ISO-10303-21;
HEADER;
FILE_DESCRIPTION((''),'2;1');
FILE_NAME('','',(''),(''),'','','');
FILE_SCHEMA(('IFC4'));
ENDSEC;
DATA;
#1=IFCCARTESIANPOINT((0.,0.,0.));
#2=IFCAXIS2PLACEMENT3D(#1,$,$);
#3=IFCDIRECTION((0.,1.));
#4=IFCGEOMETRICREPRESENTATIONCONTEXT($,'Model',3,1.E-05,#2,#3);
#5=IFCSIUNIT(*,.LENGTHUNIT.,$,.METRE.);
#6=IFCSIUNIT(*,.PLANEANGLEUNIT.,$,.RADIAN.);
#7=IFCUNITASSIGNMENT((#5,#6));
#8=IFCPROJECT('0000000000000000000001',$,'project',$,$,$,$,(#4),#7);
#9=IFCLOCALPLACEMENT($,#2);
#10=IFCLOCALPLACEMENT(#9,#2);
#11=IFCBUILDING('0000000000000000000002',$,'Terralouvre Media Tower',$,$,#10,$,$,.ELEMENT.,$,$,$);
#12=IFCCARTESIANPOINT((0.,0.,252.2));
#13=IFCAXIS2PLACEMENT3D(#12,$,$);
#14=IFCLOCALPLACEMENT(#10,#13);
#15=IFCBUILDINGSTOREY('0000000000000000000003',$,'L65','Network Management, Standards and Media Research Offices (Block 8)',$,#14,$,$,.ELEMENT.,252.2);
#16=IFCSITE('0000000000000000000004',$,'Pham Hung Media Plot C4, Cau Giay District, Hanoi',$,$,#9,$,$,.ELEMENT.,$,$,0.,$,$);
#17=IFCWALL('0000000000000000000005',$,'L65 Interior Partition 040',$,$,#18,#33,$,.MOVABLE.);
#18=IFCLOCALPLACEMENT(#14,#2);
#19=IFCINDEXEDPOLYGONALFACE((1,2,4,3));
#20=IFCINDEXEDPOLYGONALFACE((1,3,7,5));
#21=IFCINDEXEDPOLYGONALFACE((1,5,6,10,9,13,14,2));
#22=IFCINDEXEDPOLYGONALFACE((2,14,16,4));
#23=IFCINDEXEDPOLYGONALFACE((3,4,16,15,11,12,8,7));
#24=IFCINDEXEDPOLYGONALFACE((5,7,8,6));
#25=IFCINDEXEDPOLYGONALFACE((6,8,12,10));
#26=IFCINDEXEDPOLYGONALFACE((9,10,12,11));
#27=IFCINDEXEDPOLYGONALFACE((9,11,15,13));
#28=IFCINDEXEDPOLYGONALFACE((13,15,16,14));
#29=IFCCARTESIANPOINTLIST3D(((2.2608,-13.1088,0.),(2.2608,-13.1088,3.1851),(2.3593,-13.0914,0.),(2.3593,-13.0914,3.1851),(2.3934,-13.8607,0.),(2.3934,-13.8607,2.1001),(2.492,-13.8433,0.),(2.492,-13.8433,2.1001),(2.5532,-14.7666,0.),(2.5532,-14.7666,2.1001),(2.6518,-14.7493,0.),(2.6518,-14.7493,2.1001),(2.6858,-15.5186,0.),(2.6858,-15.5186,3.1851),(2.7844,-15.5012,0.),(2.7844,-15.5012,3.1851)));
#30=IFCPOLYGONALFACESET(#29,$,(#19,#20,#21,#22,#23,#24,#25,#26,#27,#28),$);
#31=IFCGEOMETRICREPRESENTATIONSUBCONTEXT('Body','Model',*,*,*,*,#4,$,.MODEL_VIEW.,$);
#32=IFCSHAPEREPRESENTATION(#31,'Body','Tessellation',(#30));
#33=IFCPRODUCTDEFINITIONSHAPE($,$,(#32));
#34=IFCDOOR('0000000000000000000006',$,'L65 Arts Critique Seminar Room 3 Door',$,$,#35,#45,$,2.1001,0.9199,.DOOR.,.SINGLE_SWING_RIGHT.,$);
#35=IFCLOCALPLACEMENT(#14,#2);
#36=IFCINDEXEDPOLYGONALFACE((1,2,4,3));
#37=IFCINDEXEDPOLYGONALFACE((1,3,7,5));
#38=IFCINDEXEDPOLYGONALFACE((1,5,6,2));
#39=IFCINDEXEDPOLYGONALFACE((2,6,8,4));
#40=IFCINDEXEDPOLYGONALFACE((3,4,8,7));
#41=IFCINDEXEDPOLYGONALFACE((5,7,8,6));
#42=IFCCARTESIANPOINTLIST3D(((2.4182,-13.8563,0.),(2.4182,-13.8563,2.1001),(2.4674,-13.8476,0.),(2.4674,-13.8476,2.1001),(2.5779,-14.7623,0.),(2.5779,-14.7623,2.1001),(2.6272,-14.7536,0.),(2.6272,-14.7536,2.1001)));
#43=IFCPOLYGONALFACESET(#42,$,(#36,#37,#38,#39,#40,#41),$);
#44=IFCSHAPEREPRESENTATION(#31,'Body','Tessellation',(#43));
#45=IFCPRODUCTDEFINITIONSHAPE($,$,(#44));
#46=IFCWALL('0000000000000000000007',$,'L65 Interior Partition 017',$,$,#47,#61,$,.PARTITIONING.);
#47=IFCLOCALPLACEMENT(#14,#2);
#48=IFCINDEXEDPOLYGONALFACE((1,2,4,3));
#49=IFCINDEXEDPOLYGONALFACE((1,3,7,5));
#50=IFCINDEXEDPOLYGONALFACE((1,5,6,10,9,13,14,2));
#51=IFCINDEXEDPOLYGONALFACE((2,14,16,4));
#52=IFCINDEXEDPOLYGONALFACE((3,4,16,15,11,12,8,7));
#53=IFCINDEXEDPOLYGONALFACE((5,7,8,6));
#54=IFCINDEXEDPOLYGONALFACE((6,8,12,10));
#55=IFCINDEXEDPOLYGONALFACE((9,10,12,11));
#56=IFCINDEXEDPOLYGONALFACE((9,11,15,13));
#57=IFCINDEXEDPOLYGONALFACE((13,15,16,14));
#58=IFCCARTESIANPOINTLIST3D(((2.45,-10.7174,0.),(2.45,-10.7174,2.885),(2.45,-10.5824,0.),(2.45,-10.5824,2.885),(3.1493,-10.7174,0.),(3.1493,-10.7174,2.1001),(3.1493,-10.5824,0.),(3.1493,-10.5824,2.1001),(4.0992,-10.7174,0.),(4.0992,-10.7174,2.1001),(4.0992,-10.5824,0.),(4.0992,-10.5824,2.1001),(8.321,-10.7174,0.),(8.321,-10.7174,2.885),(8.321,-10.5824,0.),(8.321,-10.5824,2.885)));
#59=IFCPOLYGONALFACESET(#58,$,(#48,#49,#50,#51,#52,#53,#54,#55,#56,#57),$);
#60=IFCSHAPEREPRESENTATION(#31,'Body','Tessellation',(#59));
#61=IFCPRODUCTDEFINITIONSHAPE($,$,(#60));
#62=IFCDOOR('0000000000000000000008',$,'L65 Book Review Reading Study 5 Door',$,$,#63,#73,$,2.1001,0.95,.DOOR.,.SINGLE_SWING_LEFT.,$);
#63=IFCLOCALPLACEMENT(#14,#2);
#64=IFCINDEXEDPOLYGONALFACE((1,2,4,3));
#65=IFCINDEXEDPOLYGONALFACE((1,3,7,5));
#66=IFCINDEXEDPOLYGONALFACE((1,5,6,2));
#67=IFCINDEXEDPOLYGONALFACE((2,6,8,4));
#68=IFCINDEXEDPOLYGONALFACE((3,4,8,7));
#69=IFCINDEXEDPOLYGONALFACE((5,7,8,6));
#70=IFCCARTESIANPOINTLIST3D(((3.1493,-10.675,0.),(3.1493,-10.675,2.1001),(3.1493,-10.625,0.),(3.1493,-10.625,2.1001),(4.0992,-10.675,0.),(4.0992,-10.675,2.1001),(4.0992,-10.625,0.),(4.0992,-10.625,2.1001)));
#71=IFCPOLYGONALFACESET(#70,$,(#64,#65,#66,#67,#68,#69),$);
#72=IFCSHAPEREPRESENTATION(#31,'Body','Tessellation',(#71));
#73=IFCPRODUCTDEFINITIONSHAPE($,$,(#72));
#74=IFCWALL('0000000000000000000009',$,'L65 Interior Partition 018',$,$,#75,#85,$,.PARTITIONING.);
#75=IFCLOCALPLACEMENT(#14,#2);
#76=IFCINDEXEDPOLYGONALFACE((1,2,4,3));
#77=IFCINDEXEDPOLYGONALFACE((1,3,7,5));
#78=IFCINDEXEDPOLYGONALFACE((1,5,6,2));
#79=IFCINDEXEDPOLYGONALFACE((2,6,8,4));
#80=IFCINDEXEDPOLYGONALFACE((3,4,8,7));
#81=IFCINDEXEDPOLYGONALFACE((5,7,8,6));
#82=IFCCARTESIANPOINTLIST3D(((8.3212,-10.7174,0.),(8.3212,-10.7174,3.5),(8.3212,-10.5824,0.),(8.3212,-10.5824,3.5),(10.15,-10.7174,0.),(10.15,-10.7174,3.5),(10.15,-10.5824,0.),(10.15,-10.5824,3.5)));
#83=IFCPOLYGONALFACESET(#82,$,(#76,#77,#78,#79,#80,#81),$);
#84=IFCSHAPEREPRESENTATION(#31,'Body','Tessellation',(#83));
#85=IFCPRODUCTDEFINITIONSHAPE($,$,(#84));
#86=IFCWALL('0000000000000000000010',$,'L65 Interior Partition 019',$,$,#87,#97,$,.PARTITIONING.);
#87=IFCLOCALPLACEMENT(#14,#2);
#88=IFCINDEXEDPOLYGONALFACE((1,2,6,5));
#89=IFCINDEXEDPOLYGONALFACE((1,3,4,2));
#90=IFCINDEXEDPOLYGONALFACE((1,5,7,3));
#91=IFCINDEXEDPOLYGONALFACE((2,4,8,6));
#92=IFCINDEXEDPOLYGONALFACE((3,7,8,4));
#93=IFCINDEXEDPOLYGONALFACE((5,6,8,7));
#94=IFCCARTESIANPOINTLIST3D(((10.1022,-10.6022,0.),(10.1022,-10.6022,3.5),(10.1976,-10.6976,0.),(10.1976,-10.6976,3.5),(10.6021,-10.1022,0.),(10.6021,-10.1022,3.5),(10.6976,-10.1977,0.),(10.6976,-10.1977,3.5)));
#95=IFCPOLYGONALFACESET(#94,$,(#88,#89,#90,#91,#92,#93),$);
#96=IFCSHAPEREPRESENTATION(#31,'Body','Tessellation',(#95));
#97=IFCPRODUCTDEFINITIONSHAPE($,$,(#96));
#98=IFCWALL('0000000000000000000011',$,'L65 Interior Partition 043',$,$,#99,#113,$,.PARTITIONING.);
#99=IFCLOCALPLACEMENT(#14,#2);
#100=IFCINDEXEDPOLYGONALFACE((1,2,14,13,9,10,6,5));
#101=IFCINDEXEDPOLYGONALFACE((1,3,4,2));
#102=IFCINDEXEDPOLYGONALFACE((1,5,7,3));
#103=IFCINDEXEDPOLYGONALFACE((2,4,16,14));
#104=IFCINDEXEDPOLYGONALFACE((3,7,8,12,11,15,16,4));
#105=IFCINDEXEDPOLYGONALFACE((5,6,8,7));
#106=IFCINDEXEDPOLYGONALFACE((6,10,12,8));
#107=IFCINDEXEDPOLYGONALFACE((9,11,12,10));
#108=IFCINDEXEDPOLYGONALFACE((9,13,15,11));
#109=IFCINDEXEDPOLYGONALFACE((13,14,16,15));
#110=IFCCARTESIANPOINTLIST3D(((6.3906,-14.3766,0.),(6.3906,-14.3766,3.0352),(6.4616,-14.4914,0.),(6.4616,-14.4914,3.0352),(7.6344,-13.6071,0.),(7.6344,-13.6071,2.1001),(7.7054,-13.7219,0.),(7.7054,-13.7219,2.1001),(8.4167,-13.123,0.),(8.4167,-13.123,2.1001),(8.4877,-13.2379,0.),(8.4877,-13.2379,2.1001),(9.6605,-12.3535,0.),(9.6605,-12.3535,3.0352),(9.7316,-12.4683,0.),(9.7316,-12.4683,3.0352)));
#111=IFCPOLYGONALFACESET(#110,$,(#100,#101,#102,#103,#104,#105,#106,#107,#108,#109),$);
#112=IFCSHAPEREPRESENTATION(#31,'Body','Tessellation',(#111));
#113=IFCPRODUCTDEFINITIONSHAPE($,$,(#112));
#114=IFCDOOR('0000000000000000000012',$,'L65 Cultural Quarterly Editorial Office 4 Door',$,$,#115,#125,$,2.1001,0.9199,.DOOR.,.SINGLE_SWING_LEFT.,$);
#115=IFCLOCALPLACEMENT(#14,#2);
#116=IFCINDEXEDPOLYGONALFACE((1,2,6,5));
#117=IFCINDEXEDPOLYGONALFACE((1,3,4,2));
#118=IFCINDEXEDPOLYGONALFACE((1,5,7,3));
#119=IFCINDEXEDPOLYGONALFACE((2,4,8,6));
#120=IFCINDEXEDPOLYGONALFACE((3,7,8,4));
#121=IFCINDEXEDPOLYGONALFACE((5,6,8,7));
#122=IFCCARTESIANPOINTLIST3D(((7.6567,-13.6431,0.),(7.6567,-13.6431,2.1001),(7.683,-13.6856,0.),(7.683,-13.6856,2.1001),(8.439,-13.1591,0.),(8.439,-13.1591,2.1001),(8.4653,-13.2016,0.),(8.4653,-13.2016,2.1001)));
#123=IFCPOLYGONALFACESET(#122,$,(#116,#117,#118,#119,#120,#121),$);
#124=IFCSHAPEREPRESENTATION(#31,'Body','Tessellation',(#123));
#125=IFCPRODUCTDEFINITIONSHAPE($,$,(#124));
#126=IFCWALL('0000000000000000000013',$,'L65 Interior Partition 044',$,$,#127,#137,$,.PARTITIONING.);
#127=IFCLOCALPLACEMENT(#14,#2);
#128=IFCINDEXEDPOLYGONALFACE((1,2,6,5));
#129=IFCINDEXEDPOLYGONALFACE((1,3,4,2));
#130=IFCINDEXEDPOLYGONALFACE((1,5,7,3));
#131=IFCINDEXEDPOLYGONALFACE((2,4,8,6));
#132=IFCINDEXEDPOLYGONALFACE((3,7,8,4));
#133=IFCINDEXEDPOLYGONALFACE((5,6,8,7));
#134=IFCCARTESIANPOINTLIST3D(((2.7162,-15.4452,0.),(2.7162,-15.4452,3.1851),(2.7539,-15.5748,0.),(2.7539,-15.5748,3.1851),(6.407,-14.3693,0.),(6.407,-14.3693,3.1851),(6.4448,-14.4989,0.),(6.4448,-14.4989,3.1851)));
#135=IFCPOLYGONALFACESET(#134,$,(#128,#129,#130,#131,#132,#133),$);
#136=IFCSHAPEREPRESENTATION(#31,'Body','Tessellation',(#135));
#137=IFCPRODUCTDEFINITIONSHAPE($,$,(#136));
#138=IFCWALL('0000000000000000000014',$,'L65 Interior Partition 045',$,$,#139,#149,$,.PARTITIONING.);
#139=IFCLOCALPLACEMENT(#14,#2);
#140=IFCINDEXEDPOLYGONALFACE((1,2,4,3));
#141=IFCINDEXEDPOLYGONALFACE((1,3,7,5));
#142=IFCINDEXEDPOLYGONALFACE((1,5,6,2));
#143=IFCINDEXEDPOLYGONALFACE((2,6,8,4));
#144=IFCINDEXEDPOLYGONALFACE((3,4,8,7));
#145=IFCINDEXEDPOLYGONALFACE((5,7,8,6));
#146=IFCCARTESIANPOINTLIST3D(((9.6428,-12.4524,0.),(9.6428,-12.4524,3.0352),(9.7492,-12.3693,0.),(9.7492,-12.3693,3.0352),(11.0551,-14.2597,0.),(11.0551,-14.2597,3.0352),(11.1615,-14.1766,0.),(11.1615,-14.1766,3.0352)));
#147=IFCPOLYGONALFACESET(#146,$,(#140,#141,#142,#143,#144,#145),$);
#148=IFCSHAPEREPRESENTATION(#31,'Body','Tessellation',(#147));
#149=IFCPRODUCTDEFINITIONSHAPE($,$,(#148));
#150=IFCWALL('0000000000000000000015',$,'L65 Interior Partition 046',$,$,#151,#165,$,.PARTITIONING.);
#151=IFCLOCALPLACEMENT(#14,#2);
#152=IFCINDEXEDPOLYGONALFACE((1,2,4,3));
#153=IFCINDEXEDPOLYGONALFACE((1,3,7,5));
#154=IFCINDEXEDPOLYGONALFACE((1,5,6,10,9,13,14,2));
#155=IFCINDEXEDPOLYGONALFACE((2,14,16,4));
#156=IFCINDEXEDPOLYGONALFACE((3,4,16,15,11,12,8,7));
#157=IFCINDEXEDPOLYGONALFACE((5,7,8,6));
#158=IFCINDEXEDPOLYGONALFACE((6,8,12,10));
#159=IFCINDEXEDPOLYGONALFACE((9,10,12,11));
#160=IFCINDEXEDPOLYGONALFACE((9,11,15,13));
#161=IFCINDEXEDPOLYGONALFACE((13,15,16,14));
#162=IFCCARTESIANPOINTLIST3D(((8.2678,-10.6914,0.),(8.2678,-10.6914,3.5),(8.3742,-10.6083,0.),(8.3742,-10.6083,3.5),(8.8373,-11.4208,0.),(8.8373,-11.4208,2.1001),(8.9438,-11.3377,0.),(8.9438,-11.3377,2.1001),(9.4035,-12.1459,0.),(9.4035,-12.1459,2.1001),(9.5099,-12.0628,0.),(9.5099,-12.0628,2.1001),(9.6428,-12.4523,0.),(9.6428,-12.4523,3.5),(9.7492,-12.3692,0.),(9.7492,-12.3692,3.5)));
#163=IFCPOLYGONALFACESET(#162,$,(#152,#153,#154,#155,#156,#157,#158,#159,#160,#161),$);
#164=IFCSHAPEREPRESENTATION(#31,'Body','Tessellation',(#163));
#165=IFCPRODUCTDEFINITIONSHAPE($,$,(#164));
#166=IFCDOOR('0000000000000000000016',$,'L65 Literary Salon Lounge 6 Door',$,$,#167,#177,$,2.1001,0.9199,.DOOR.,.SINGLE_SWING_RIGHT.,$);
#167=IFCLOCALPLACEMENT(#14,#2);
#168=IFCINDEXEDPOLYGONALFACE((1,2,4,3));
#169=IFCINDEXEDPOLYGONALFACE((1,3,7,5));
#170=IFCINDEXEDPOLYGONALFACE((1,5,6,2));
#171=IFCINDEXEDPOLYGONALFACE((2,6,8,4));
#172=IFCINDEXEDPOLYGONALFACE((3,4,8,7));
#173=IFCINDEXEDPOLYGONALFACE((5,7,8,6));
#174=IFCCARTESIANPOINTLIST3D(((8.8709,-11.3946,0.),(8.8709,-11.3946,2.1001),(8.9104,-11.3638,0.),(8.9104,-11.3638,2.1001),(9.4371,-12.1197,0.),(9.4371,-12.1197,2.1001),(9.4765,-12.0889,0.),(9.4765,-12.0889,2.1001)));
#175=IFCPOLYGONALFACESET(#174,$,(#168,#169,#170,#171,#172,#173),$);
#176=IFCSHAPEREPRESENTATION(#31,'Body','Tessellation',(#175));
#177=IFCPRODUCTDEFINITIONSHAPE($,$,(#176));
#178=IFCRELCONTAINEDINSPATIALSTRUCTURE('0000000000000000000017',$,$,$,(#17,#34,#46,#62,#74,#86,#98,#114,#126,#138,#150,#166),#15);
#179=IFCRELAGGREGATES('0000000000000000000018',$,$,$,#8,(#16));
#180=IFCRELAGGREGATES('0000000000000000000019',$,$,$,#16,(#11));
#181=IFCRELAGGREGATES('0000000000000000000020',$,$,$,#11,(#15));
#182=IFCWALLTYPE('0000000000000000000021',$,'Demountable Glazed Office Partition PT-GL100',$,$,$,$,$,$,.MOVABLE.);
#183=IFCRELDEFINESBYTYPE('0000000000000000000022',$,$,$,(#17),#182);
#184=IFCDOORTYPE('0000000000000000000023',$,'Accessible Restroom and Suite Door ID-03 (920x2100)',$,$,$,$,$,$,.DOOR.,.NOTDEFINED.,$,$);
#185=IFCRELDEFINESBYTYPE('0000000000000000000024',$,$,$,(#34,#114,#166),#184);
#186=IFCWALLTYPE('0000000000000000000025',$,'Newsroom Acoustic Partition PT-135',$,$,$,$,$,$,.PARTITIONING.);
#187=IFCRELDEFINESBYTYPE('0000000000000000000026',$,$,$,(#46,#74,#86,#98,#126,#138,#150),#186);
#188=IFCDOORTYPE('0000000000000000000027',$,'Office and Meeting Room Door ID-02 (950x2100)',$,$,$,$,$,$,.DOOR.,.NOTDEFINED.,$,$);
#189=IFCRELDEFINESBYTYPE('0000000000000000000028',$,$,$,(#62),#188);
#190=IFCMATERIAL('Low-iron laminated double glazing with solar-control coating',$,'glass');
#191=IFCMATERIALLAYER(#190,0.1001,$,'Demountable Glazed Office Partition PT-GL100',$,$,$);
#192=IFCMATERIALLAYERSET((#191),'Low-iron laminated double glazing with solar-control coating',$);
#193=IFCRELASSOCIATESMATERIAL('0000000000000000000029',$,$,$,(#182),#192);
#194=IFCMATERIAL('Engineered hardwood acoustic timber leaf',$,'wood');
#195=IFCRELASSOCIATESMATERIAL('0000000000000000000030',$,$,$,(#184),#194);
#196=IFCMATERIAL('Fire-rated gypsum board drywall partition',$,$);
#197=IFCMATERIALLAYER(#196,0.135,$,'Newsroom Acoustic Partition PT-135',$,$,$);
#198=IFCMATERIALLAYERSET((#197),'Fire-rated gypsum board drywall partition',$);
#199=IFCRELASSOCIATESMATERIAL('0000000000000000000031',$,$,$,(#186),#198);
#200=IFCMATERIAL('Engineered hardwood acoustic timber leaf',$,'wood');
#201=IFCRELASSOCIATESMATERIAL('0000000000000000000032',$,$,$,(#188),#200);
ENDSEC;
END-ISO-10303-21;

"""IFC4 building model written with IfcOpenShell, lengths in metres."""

from ifc_helpers import new_model, si_unit, direction, frame, frame_2d, origin, place, context, subcontext, project, spatial, rectangle, extrude, material, layer, layer_set, type_object, element, fill, save


model = new_model("IFC4")

# Units and contexts
model_context = context("Model", 3, precision=1e-05, world=origin(), true_north=direction((0.0, 1.0)))
body_context = subcontext(model_context, "Body", "Model", "MODEL_VIEW")
ifc_project = project(units=[si_unit("LENGTHUNIT", "METRE"), si_unit("PLANEANGLEUNIT", "RADIAN")], contexts=[model_context])

# Site, building, storey
site_placement = place(None, origin())
site = spatial("IfcSite", under=ifc_project, at=site_placement, Name="Pham Hung Media Plot C4, Cau Giay District, Hanoi", CompositionType="ELEMENT", RefElevation=0.0)
building_placement = place(site_placement, origin())
building = spatial("IfcBuilding", under=site, at=building_placement, Name="Terralouvre Media Tower", CompositionType="ELEMENT")
storey_placement = place(building_placement, frame((0.0, 0.0, 252.2)))
storey = spatial("IfcBuildingStorey", under=building, at=storey_placement, Name="L65", Description="Network Management, Standards and Media Research Offices (Block 8)", CompositionType="ELEMENT", Elevation=252.2)

# Shared definitions
ifc_material_1 = material(Name="Low-iron laminated double glazing with solar-control coating", Category="glass")
ifc_layer_1 = layer(ifc_material_1, 0.1001, Name="Demountable Glazed Office Partition PT-GL100")
ifc_layer_set_1 = layer_set([ifc_layer_1], Name="Low-iron laminated double glazing with solar-control coating")
wall_type_1 = type_object("IfcWallType", Name="Demountable Glazed Office Partition PT-GL100", PredefinedType="MOVABLE", material=ifc_layer_set_1)

# Walls, openings, doors
wall_1_placement = place(storey_placement, frame((2.7351, -15.51, 0.0), z_axis=(0.0, 0.0, 1.0), x_axis=(-0.173694, 0.9848, 0.0)))
wall_1 = element("IfcWall", 1, at=wall_1_placement, inside=storey, type_object=wall_type_1, Name="L65 Interior Partition 040", PredefinedType="MOVABLE", context=body_context, shape_type="SweptSolid", body=[
    extrude(rectangle(XDim=2.447, YDim=0.1001, at=frame_2d((1.2236, 0.0))), origin(), (0.0, 0.0, 1.0), 3.1851),
])
opening_1_placement = place(wall_1_placement, frame((0.7637, 0.0, 0.0)))
opening_1 = element("IfcOpeningElement", 2, at=opening_1_placement, cuts=wall_1, PredefinedType="OPENING", context=body_context, shape_type="SweptSolid", body=[
    extrude(rectangle(XDim=0.9199, YDim=2.1001, at=frame_2d((0.46, 1.05))), frame((0.0, 0.0601, 0.0), z_axis=(0.0, -1.0, 0.0), x_axis=(1.0, 0.0, 0.0)), (0.0, 0.0, 1.0), 0.1201),
])
ifc_material_2 = material(Name="Engineered hardwood acoustic timber leaf", Category="wood")
door_type_1 = type_object("IfcDoorType", Name="Accessible Restroom and Suite Door ID-03 (920x2100)", OperationType="NOTDEFINED", PredefinedType="DOOR", material=ifc_material_2)
door_1_placement = place(opening_1_placement, origin())
door_1 = element("IfcDoor", 3, at=door_1_placement, inside=storey, type_object=door_type_1, Name="L65 Arts Critique Seminar Room 3 Door", OperationType="SINGLE_SWING_RIGHT", OverallHeight=2.1001, OverallWidth=0.9199, PredefinedType="DOOR", context=body_context, shape_type="SweptSolid", body=[
    extrude(rectangle(XDim=0.9199, YDim=2.1001, at=frame_2d((0.46, 1.05))), frame((0.0, 0.0249, 0.0), z_axis=(0.0, -1.0, 0.0), x_axis=(1.0, 0.0, 0.0)), (0.0, 0.0, 1.0), 0.05),
])
fill(opening_1, door_1)
ifc_material_3 = material(Name="Fire-rated gypsum board drywall partition")
ifc_layer_2 = layer(ifc_material_3, 0.135, Name="Newsroom Acoustic Partition PT-135")
ifc_layer_set_2 = layer_set([ifc_layer_2], Name="Fire-rated gypsum board drywall partition")
wall_type_2 = type_object("IfcWallType", Name="Newsroom Acoustic Partition PT-135", PredefinedType="PARTITIONING", material=ifc_layer_set_2)
wall_2_placement = place(storey_placement, frame((2.45, -10.6499, 0.0), z_axis=(0.0, 0.0, 1.0), x_axis=(1.0, 0.0, 0.0)))
wall_2 = element("IfcWall", 4, at=wall_2_placement, inside=storey, type_object=wall_type_2, Name="L65 Interior Partition 017", PredefinedType="PARTITIONING", context=body_context, shape_type="SweptSolid", body=[
    extrude(rectangle(XDim=5.8711, YDim=0.135, at=frame_2d((2.9355, 0.0))), origin(), (0.0, 0.0, 1.0), 2.885),
])
opening_2_placement = place(wall_2_placement, frame((0.6992, 0.0, 0.0)))
opening_2 = element("IfcOpeningElement", 5, at=opening_2_placement, cuts=wall_2, PredefinedType="OPENING", context=body_context, shape_type="SweptSolid", body=[
    extrude(rectangle(XDim=0.95, YDim=2.1001, at=frame_2d((0.4751, 1.05))), frame((0.0, 0.0774, 0.0), z_axis=(0.0, -1.0, 0.0), x_axis=(1.0, 0.0, 0.0)), (0.0, 0.0, 1.0), 0.155),
])
ifc_material_4 = material(Name="Engineered hardwood acoustic timber leaf", Category="wood")
door_type_2 = type_object("IfcDoorType", Name="Office and Meeting Room Door ID-02 (950x2100)", OperationType="NOTDEFINED", PredefinedType="DOOR", material=ifc_material_4)
door_2_placement = place(opening_2_placement, origin())
door_2 = element("IfcDoor", 6, at=door_2_placement, inside=storey, type_object=door_type_2, Name="L65 Book Review Reading Study 5 Door", OperationType="SINGLE_SWING_LEFT", OverallHeight=2.1001, OverallWidth=0.95, PredefinedType="DOOR", context=body_context, shape_type="SweptSolid", body=[
    extrude(rectangle(XDim=0.95, YDim=2.1001, at=frame_2d((0.4751, 1.05))), frame((0.0, 0.0249, 0.0), z_axis=(0.0, -1.0, 0.0), x_axis=(1.0, 0.0, 0.0)), (0.0, 0.0, 1.0), 0.05),
])
fill(opening_2, door_2)

# Walls
wall_3_placement = place(storey_placement, frame((8.321, -10.6499, 0.0), z_axis=(0.0, 0.0, 1.0), x_axis=(1.0, 0.0, 0.0)))
element("IfcWall", 7, at=wall_3_placement, inside=storey, type_object=wall_type_2, Name="L65 Interior Partition 018", PredefinedType="PARTITIONING", context=body_context, shape_type="SweptSolid", body=[
    extrude(rectangle(XDim=1.8289, YDim=0.135, at=frame_2d((0.9146, 0.0))), origin(), (0.0, 0.0, 1.0), 3.5),
])
wall_4_placement = place(storey_placement, frame((10.1499, -10.6499, 0.0), z_axis=(0.0, 0.0, 1.0), x_axis=(0.707107, 0.707107, 0.0)))
element("IfcWall", 8, at=wall_4_placement, inside=storey, type_object=wall_type_2, Name="L65 Interior Partition 019", PredefinedType="PARTITIONING", context=body_context, shape_type="SweptSolid", body=[
    extrude(rectangle(XDim=0.707, YDim=0.135, at=frame_2d((0.3535, 0.0))), origin(), (0.0, 0.0, 1.0), 3.5),
])

# Wall, opening, door
wall_5_placement = place(storey_placement, frame((9.696, -12.4109, 0.0), z_axis=(0.0, 0.0, 1.0), x_axis=(-0.850394, -0.526147, 0.0)))
wall_5 = element("IfcWall", 9, at=wall_5_placement, inside=storey, type_object=wall_type_2, Name="L65 Interior Partition 043", PredefinedType="PARTITIONING", context=body_context, shape_type="SweptSolid", body=[
    extrude(rectangle(XDim=3.8452, YDim=0.135, at=frame_2d((1.9226, 0.0))), origin(), (0.0, 0.0, 1.0), 3.0352),
])
opening_3_placement = place(wall_5_placement, frame((1.4626, 0.0, 0.0)))
opening_3 = element("IfcOpeningElement", 10, at=opening_3_placement, cuts=wall_5, PredefinedType="OPENING", context=body_context, shape_type="SweptSolid", body=[
    extrude(rectangle(XDim=0.9199, YDim=2.1001, at=frame_2d((0.46, 1.05))), frame((0.0, 0.0774, 0.0), z_axis=(0.0, -1.0, 0.0), x_axis=(1.0, 0.0, 0.0)), (0.0, 0.0, 1.0), 0.155),
])
door_3_placement = place(opening_3_placement, origin())
door_3 = element("IfcDoor", 11, at=door_3_placement, inside=storey, type_object=door_type_1, Name="L65 Cultural Quarterly Editorial Office 4 Door", OperationType="SINGLE_SWING_LEFT", OverallHeight=2.1001, OverallWidth=0.9199, PredefinedType="DOOR", context=body_context, shape_type="SweptSolid", body=[
    extrude(rectangle(XDim=0.9199, YDim=2.1001, at=frame_2d((0.46, 1.05))), frame((0.0, 0.0249, 0.0), z_axis=(0.0, -1.0, 0.0), x_axis=(1.0, 0.0, 0.0)), (0.0, 0.0, 1.0), 0.05),
])
fill(opening_3, door_3)

# Walls
wall_6_placement = place(storey_placement, frame((6.426, -14.4341, 0.0), z_axis=(0.0, 0.0, 1.0), x_axis=(-0.960041, -0.279859, 0.0)))
element("IfcWall", 12, at=wall_6_placement, inside=storey, type_object=wall_type_2, Name="L65 Interior Partition 044", PredefinedType="PARTITIONING", context=body_context, shape_type="SweptSolid", body=[
    extrude(rectangle(XDim=3.8445, YDim=0.135, at=frame_2d((1.9224, 0.0))), origin(), (0.0, 0.0, 1.0), 3.1851),
])
wall_7_placement = place(storey_placement, frame((11.1084, -14.2183, 0.0), z_axis=(0.0, 0.0, 1.0), x_axis=(-0.615737, 0.787952, 0.0)))
element("IfcWall", 13, at=wall_7_placement, inside=storey, type_object=wall_type_2, Name="L65 Interior Partition 045", PredefinedType="PARTITIONING", context=body_context, shape_type="SweptSolid", body=[
    extrude(rectangle(XDim=2.2937, YDim=0.135, at=frame_2d((1.147, 0.0))), origin(), (0.0, 0.0, 1.0), 3.0352),
])

# Wall, opening, door
wall_8_placement = place(storey_placement, frame((9.696, -12.4109, 0.0), z_axis=(0.0, 0.0, 1.0), x_axis=(-0.61543, 0.788192, 0.0)))
wall_8 = element("IfcWall", 14, at=wall_8_placement, inside=storey, type_object=wall_type_2, Name="L65 Interior Partition 046", PredefinedType="PARTITIONING", context=body_context, shape_type="SweptSolid", body=[
    extrude(rectangle(XDim=2.2341, YDim=0.135, at=frame_2d((1.1172, 0.0))), origin(), (0.0, 0.0, 1.0), 3.5),
])
opening_4_placement = place(wall_8_placement, frame((0.3889, 0.0, 0.0)))
opening_4 = element("IfcOpeningElement", 15, at=opening_4_placement, cuts=wall_8, PredefinedType="OPENING", context=body_context, shape_type="SweptSolid", body=[
    extrude(rectangle(XDim=0.9199, YDim=2.1001, at=frame_2d((0.46, 1.05))), frame((0.0, 0.0774, 0.0), z_axis=(0.0, -1.0, 0.0), x_axis=(1.0, 0.0, 0.0)), (0.0, 0.0, 1.0), 0.155),
])
door_4_placement = place(opening_4_placement, origin())
door_4 = element("IfcDoor", 16, at=door_4_placement, inside=storey, type_object=door_type_1, Name="L65 Literary Salon Lounge 6 Door", OperationType="SINGLE_SWING_RIGHT", OverallHeight=2.1001, OverallWidth=0.9199, PredefinedType="DOOR", context=body_context, shape_type="SweptSolid", body=[
    extrude(rectangle(XDim=0.9199, YDim=2.1001, at=frame_2d((0.46, 1.05))), frame((0.0, 0.0249, 0.0), z_axis=(0.0, -1.0, 0.0), x_axis=(1.0, 0.0, 0.0)), (0.0, 0.0, 1.0), 0.05),
])
fill(opening_4, door_4)

save(model, "model.ifc")
